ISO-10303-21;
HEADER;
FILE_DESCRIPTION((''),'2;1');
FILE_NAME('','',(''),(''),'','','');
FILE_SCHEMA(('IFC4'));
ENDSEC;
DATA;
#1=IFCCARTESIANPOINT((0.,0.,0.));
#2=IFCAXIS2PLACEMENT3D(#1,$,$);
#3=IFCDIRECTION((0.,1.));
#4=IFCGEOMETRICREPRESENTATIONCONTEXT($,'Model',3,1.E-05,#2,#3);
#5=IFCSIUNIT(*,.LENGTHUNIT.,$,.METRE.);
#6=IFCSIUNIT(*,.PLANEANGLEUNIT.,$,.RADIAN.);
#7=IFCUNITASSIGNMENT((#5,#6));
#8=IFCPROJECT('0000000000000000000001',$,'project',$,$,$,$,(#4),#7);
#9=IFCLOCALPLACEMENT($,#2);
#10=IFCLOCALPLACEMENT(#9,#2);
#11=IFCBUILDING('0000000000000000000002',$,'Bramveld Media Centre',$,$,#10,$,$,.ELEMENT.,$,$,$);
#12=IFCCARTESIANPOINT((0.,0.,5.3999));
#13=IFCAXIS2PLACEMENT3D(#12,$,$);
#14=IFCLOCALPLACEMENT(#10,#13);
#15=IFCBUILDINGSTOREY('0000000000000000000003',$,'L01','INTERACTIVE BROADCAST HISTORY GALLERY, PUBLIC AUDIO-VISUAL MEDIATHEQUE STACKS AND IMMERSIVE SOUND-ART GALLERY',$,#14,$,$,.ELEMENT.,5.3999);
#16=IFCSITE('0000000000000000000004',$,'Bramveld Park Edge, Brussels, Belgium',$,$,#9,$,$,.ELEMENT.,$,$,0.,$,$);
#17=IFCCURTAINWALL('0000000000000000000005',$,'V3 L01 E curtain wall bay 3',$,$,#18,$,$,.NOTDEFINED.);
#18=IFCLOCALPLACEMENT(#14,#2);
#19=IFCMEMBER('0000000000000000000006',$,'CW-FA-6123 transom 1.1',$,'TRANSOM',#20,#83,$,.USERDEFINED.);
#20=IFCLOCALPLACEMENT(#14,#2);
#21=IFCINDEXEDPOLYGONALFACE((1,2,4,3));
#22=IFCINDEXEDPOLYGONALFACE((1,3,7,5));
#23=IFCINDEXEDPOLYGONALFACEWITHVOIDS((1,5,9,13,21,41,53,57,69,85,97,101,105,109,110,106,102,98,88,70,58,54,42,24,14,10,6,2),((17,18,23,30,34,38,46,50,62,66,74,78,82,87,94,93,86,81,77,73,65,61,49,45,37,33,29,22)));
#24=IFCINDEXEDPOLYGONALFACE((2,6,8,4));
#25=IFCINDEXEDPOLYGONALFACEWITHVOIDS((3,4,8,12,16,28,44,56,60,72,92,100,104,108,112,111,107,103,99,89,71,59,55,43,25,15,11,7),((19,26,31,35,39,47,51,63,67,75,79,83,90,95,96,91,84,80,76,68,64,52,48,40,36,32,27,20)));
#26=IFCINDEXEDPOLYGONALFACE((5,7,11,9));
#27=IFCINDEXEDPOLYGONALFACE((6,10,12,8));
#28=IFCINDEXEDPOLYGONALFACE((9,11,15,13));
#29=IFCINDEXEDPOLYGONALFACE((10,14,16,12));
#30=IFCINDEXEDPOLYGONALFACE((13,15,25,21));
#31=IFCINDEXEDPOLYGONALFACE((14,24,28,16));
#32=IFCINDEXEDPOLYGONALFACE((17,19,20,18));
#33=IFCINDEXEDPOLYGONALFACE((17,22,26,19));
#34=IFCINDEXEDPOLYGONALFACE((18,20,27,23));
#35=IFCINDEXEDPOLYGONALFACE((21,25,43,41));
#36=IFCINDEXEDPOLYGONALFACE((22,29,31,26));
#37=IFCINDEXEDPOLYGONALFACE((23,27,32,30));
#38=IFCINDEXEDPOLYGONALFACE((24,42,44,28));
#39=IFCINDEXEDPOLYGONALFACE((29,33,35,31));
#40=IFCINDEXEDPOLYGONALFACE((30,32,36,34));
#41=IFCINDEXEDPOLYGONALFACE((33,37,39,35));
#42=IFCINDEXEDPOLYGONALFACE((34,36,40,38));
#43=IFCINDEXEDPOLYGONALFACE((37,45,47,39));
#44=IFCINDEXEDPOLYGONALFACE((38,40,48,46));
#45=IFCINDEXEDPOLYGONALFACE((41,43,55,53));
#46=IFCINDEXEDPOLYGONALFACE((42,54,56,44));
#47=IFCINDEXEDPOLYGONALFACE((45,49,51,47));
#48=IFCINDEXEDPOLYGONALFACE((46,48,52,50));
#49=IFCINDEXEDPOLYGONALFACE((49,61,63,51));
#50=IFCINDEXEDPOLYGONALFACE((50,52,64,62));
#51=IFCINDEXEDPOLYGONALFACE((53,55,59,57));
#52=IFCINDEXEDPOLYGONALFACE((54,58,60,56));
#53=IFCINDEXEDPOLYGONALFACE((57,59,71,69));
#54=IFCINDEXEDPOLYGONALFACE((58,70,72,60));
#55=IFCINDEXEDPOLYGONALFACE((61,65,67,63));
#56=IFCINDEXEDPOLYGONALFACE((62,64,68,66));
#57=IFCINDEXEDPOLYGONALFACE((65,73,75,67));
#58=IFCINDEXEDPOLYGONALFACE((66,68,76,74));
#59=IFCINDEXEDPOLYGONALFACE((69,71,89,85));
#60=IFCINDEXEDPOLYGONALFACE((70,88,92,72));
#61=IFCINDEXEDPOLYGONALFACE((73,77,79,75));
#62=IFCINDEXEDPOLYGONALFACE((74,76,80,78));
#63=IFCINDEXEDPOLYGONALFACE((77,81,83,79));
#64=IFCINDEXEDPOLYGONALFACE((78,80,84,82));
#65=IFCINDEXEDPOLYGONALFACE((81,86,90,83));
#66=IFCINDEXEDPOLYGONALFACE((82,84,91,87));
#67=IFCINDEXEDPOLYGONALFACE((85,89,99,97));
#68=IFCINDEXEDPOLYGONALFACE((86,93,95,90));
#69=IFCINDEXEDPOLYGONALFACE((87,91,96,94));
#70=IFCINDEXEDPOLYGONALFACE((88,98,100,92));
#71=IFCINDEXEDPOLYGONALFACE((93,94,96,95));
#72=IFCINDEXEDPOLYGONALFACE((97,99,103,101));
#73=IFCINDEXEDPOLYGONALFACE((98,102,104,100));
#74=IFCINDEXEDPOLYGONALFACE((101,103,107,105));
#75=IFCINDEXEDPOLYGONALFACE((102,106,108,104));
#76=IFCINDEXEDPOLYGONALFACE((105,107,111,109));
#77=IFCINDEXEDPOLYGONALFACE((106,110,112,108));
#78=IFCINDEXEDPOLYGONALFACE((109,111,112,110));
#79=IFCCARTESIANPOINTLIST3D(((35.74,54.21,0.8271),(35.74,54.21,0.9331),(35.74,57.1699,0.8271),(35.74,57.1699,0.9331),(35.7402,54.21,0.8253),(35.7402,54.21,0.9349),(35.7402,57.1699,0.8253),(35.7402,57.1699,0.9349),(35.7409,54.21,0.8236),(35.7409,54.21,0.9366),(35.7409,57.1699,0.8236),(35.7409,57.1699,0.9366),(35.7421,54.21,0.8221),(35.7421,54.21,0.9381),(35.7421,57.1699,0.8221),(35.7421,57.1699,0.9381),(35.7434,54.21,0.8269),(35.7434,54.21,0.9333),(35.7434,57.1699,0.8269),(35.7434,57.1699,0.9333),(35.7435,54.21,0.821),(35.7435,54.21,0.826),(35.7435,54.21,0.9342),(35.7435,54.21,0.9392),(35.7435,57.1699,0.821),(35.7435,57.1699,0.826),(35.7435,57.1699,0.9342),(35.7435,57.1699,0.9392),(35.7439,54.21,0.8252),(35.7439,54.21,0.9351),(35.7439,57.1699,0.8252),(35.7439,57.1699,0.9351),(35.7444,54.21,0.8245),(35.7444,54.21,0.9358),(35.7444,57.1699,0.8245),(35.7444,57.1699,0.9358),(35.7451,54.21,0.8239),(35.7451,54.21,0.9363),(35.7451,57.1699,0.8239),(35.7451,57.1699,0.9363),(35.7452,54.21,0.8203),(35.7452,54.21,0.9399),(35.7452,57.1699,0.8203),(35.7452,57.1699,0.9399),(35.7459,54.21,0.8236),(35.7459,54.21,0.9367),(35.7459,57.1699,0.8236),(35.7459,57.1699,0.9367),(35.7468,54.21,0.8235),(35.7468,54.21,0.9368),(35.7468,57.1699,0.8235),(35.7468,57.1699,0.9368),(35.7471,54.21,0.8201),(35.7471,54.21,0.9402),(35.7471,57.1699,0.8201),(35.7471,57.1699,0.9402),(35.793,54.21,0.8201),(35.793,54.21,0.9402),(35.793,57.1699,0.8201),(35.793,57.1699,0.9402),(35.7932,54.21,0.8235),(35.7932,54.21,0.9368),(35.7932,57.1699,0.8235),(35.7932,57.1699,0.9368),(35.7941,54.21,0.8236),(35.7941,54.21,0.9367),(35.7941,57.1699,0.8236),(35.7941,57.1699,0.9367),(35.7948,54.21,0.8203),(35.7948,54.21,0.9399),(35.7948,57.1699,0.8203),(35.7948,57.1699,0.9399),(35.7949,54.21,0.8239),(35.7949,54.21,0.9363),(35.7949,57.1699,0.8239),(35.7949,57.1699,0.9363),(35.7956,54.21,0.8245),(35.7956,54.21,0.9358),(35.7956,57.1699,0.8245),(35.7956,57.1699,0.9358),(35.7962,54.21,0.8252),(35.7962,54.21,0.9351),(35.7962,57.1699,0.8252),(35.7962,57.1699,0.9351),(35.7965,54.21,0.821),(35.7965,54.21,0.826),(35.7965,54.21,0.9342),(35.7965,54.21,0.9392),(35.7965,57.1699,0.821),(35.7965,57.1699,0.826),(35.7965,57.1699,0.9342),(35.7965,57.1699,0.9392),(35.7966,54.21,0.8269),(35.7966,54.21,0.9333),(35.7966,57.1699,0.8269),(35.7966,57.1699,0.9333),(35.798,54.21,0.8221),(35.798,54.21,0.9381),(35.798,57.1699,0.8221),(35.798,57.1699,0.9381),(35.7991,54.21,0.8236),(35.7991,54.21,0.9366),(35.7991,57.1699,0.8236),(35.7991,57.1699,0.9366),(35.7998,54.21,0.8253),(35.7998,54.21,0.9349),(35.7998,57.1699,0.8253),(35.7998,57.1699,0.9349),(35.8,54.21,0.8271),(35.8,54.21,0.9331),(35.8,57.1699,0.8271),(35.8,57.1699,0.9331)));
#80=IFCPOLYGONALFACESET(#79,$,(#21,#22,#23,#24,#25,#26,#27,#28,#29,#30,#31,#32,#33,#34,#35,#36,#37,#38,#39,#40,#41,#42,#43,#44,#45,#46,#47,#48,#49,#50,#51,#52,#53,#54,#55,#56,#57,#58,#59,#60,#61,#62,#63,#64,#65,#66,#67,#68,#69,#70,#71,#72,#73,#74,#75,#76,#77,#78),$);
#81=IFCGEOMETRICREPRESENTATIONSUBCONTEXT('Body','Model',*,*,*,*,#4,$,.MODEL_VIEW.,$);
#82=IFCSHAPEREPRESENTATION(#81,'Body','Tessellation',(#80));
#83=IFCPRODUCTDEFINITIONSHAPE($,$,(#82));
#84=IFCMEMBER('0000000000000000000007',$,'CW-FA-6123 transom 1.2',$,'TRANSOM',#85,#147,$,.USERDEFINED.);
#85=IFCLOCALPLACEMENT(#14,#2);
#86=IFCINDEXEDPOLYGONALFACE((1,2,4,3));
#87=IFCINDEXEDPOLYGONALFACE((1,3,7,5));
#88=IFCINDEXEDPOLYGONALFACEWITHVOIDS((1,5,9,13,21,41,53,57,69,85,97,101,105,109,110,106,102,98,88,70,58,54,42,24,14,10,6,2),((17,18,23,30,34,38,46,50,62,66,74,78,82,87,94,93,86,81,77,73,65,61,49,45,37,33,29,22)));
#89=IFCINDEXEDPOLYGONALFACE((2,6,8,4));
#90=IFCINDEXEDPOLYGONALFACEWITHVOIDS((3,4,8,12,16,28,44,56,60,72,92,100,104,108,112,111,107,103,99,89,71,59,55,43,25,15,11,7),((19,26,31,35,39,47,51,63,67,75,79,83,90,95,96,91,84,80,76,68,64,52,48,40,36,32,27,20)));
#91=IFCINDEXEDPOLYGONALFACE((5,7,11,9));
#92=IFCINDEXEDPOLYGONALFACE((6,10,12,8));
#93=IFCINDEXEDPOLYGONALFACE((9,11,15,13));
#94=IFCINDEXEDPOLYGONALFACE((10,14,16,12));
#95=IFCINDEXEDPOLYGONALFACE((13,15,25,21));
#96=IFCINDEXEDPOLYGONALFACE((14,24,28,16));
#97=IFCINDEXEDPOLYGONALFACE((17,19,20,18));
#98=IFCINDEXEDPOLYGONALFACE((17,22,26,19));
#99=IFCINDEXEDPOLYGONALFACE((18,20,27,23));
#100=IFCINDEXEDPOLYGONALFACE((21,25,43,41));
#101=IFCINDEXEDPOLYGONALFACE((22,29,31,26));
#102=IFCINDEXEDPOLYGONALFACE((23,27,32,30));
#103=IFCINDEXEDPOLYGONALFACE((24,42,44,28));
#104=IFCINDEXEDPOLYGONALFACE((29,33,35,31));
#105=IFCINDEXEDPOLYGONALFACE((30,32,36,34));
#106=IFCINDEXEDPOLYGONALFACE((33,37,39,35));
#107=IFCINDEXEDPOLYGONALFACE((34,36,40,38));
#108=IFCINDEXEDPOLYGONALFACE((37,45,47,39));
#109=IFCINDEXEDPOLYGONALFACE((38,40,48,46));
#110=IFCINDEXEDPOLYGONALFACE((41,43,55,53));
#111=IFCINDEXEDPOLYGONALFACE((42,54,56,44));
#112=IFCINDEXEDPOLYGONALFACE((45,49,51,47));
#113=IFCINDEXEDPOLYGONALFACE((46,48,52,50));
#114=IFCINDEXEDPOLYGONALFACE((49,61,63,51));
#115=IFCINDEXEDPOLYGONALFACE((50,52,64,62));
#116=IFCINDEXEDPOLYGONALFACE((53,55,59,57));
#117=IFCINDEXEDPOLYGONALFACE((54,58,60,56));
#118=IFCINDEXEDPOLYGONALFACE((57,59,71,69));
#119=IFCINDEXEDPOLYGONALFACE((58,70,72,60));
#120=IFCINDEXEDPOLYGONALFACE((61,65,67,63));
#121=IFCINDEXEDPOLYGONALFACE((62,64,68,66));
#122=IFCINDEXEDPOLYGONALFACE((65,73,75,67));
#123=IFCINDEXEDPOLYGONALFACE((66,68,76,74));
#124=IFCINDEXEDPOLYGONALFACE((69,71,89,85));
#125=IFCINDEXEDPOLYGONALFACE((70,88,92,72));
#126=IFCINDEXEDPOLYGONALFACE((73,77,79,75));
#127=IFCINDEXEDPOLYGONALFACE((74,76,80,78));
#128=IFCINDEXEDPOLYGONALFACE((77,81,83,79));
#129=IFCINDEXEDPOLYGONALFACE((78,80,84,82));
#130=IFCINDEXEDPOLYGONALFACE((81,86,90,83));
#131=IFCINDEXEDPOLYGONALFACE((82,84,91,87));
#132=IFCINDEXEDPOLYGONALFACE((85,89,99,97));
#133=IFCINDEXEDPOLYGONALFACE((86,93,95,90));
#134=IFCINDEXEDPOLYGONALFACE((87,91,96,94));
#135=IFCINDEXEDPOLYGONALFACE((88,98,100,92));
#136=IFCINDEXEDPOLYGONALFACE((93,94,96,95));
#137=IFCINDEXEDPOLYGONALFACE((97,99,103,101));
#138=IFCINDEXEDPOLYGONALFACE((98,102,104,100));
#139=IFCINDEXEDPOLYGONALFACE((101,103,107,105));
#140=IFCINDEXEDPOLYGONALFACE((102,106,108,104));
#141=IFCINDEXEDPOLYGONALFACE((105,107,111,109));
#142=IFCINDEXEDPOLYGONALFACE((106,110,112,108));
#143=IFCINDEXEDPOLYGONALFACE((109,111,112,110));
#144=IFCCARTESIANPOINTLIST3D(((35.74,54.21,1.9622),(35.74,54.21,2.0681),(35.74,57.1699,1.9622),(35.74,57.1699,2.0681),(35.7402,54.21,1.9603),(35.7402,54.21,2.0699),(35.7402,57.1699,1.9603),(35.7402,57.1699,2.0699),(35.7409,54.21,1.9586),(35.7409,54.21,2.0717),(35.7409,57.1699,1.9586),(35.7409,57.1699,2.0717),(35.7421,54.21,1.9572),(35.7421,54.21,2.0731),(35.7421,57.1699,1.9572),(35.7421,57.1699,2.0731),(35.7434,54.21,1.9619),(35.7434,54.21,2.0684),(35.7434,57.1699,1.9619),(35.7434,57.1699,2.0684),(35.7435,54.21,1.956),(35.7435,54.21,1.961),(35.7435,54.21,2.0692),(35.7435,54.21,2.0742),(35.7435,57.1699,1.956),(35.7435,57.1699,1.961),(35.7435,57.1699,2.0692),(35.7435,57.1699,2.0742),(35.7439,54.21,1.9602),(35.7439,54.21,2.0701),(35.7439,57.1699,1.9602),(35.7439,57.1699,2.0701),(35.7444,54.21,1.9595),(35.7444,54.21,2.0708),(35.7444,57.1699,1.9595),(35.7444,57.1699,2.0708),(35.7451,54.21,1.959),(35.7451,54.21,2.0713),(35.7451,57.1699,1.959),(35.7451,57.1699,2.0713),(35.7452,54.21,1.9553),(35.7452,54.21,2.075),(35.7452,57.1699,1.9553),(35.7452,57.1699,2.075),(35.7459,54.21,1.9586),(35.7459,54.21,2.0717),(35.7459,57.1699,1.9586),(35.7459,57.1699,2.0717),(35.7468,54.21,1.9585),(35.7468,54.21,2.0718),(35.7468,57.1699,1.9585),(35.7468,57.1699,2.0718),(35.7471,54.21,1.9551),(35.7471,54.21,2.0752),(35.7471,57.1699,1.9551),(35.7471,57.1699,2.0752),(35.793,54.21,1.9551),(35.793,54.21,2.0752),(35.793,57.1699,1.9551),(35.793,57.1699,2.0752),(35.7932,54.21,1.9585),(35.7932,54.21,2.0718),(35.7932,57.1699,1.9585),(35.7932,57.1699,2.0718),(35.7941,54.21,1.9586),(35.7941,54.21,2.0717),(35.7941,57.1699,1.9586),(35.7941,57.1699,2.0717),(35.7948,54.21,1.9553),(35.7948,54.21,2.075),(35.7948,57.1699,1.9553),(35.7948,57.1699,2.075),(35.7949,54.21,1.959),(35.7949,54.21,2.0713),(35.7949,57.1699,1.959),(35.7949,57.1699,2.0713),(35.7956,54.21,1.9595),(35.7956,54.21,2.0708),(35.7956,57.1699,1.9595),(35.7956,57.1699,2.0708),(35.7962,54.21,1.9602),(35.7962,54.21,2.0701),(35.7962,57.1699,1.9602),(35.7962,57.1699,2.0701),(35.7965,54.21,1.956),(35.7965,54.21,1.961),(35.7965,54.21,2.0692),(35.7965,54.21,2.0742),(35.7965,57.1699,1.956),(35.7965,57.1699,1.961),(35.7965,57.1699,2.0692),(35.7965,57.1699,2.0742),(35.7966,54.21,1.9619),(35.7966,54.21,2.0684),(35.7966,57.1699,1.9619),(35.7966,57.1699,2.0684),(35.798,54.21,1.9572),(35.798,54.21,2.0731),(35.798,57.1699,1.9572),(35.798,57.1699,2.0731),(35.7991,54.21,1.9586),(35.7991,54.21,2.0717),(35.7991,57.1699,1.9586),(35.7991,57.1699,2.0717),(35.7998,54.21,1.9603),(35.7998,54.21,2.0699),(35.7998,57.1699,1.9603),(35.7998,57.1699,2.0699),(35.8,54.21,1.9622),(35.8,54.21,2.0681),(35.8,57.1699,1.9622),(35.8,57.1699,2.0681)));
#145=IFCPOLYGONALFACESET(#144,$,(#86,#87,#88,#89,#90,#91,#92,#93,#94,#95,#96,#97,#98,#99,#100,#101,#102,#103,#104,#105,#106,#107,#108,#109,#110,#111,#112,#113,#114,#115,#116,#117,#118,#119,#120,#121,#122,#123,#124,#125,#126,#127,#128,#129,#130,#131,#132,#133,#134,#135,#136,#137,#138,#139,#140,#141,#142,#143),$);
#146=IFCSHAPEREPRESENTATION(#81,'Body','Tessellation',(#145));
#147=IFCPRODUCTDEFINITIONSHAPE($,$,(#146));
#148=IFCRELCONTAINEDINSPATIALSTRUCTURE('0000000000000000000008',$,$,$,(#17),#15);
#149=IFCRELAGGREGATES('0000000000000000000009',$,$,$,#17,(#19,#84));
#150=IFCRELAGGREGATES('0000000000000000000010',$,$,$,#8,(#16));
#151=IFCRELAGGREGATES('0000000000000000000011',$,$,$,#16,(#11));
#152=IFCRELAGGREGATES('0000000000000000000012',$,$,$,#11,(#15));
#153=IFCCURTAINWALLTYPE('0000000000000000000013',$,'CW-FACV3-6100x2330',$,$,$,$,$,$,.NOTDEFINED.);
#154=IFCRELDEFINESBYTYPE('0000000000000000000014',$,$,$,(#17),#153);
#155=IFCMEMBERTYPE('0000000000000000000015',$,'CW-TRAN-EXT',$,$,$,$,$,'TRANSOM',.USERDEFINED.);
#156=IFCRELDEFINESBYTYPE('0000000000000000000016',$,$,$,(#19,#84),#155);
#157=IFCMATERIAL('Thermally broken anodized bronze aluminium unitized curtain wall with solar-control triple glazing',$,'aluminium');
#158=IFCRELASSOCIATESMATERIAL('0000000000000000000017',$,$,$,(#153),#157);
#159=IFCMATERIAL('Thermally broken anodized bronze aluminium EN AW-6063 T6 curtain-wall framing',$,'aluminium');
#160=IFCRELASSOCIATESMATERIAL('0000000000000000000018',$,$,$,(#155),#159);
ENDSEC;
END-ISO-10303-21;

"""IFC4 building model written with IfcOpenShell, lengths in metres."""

from ifc_helpers import new_model, si_unit, direction, frame, origin, origin_2d, place, context, subcontext, project, spatial, hollow_rectangle, extrude, material, material_profile, profile_set, type_object, element, aggregate, save


model = new_model("IFC4")

# Units and contexts
model_context = context("Model", 3, precision=1e-05, world=origin(), true_north=direction((0.0, 1.0)))
body_context = subcontext(model_context, "Body", "Model", "MODEL_VIEW")
ifc_project = project(units=[si_unit("LENGTHUNIT", "METRE"), si_unit("PLANEANGLEUNIT", "RADIAN")], contexts=[model_context])

# Site, building, storey
site_placement = place(None, origin())
site = spatial("IfcSite", under=ifc_project, at=site_placement, Name="Bramveld Park Edge, Brussels, Belgium", CompositionType="ELEMENT", RefElevation=0.0)
building_placement = place(site_placement, origin())
building = spatial("IfcBuilding", under=site, at=building_placement, Name="Bramveld Media Centre", CompositionType="ELEMENT")
storey_placement = place(building_placement, frame((0.0, 0.0, 5.3999)))
storey = spatial("IfcBuildingStorey", under=building, at=storey_placement, Name="L01", Description="INTERACTIVE BROADCAST HISTORY GALLERY, PUBLIC AUDIO-VISUAL MEDIATHEQUE STACKS AND IMMERSIVE SOUND-ART GALLERY", CompositionType="ELEMENT", Elevation=5.3999)

# Curtain wall, members
ifc_material_1 = material(Name="Thermally broken anodized bronze aluminium unitized curtain wall with solar-control triple glazing", Category="aluminium")
curtain_wall_type = type_object("IfcCurtainWallType", Name="CW-FACV3-6100x2330", PredefinedType="NOTDEFINED", material=ifc_material_1)
curtain_wall_placement = place(storey_placement, origin())
curtain_wall = element("IfcCurtainWall", 1, at=curtain_wall_placement, inside=storey, type_object=curtain_wall_type, Name="V3 L01 E curtain wall bay 3", PredefinedType="NOTDEFINED")
ifc_material_2 = material(Name="Thermally broken anodized bronze aluminium EN AW-6063 T6 curtain-wall framing", Category="aluminium")
ifc_material_profile_1 = material_profile(ifc_material_2, hollow_rectangle(XDim=0.0601, YDim=0.1201, WallThickness=0.0034, InnerFilletRadius=0.0034, OuterFilletRadius=0.0071, at=origin_2d()), Name="AL-TRAN 60x120")
ifc_profile_set_1 = profile_set([ifc_material_profile_1], Name="Thermally broken anodized bronze aluminium EN AW-6063 T6 curtain-wall framing")
member_type_1 = type_object("IfcMemberType", Name="CW-TRAN-EXT", ElementType="TRANSOM", PredefinedType="USERDEFINED", material=ifc_profile_set_1)
member_1_placement = place(storey_placement, frame((35.77, 54.21, 0.8801), z_axis=(0.0, 1.0, 0.0), x_axis=(-1.0, 0.0, 0.0)))
member_1 = element("IfcMember", 2, at=member_1_placement, type_object=member_type_1, Name="CW-FA-6123 transom 1.1", ObjectType="TRANSOM", PredefinedType="USERDEFINED", context=body_context, shape_type="SweptSolid", body=[
    extrude(hollow_rectangle(XDim=0.0601, YDim=0.1201, WallThickness=0.0034, InnerFilletRadius=0.0034, OuterFilletRadius=0.0071, at=origin_2d()), origin(), (0.0, 0.0, 1.0), 2.96),
])
member_2_placement = place(storey_placement, frame((35.77, 54.21, 2.0151), z_axis=(0.0, 1.0, 0.0), x_axis=(-1.0, 0.0, 0.0)))
member_2 = element("IfcMember", 3, at=member_2_placement, type_object=member_type_1, Name="CW-FA-6123 transom 1.2", ObjectType="TRANSOM", PredefinedType="USERDEFINED", context=body_context, shape_type="SweptSolid", body=[
    extrude(hollow_rectangle(XDim=0.0601, YDim=0.1201, WallThickness=0.0034, InnerFilletRadius=0.0034, OuterFilletRadius=0.0071, at=origin_2d()), origin(), (0.0, 0.0, 1.0), 2.96),
])

aggregate(curtain_wall, [member_1, member_2])

save(model, "model.ifc")
